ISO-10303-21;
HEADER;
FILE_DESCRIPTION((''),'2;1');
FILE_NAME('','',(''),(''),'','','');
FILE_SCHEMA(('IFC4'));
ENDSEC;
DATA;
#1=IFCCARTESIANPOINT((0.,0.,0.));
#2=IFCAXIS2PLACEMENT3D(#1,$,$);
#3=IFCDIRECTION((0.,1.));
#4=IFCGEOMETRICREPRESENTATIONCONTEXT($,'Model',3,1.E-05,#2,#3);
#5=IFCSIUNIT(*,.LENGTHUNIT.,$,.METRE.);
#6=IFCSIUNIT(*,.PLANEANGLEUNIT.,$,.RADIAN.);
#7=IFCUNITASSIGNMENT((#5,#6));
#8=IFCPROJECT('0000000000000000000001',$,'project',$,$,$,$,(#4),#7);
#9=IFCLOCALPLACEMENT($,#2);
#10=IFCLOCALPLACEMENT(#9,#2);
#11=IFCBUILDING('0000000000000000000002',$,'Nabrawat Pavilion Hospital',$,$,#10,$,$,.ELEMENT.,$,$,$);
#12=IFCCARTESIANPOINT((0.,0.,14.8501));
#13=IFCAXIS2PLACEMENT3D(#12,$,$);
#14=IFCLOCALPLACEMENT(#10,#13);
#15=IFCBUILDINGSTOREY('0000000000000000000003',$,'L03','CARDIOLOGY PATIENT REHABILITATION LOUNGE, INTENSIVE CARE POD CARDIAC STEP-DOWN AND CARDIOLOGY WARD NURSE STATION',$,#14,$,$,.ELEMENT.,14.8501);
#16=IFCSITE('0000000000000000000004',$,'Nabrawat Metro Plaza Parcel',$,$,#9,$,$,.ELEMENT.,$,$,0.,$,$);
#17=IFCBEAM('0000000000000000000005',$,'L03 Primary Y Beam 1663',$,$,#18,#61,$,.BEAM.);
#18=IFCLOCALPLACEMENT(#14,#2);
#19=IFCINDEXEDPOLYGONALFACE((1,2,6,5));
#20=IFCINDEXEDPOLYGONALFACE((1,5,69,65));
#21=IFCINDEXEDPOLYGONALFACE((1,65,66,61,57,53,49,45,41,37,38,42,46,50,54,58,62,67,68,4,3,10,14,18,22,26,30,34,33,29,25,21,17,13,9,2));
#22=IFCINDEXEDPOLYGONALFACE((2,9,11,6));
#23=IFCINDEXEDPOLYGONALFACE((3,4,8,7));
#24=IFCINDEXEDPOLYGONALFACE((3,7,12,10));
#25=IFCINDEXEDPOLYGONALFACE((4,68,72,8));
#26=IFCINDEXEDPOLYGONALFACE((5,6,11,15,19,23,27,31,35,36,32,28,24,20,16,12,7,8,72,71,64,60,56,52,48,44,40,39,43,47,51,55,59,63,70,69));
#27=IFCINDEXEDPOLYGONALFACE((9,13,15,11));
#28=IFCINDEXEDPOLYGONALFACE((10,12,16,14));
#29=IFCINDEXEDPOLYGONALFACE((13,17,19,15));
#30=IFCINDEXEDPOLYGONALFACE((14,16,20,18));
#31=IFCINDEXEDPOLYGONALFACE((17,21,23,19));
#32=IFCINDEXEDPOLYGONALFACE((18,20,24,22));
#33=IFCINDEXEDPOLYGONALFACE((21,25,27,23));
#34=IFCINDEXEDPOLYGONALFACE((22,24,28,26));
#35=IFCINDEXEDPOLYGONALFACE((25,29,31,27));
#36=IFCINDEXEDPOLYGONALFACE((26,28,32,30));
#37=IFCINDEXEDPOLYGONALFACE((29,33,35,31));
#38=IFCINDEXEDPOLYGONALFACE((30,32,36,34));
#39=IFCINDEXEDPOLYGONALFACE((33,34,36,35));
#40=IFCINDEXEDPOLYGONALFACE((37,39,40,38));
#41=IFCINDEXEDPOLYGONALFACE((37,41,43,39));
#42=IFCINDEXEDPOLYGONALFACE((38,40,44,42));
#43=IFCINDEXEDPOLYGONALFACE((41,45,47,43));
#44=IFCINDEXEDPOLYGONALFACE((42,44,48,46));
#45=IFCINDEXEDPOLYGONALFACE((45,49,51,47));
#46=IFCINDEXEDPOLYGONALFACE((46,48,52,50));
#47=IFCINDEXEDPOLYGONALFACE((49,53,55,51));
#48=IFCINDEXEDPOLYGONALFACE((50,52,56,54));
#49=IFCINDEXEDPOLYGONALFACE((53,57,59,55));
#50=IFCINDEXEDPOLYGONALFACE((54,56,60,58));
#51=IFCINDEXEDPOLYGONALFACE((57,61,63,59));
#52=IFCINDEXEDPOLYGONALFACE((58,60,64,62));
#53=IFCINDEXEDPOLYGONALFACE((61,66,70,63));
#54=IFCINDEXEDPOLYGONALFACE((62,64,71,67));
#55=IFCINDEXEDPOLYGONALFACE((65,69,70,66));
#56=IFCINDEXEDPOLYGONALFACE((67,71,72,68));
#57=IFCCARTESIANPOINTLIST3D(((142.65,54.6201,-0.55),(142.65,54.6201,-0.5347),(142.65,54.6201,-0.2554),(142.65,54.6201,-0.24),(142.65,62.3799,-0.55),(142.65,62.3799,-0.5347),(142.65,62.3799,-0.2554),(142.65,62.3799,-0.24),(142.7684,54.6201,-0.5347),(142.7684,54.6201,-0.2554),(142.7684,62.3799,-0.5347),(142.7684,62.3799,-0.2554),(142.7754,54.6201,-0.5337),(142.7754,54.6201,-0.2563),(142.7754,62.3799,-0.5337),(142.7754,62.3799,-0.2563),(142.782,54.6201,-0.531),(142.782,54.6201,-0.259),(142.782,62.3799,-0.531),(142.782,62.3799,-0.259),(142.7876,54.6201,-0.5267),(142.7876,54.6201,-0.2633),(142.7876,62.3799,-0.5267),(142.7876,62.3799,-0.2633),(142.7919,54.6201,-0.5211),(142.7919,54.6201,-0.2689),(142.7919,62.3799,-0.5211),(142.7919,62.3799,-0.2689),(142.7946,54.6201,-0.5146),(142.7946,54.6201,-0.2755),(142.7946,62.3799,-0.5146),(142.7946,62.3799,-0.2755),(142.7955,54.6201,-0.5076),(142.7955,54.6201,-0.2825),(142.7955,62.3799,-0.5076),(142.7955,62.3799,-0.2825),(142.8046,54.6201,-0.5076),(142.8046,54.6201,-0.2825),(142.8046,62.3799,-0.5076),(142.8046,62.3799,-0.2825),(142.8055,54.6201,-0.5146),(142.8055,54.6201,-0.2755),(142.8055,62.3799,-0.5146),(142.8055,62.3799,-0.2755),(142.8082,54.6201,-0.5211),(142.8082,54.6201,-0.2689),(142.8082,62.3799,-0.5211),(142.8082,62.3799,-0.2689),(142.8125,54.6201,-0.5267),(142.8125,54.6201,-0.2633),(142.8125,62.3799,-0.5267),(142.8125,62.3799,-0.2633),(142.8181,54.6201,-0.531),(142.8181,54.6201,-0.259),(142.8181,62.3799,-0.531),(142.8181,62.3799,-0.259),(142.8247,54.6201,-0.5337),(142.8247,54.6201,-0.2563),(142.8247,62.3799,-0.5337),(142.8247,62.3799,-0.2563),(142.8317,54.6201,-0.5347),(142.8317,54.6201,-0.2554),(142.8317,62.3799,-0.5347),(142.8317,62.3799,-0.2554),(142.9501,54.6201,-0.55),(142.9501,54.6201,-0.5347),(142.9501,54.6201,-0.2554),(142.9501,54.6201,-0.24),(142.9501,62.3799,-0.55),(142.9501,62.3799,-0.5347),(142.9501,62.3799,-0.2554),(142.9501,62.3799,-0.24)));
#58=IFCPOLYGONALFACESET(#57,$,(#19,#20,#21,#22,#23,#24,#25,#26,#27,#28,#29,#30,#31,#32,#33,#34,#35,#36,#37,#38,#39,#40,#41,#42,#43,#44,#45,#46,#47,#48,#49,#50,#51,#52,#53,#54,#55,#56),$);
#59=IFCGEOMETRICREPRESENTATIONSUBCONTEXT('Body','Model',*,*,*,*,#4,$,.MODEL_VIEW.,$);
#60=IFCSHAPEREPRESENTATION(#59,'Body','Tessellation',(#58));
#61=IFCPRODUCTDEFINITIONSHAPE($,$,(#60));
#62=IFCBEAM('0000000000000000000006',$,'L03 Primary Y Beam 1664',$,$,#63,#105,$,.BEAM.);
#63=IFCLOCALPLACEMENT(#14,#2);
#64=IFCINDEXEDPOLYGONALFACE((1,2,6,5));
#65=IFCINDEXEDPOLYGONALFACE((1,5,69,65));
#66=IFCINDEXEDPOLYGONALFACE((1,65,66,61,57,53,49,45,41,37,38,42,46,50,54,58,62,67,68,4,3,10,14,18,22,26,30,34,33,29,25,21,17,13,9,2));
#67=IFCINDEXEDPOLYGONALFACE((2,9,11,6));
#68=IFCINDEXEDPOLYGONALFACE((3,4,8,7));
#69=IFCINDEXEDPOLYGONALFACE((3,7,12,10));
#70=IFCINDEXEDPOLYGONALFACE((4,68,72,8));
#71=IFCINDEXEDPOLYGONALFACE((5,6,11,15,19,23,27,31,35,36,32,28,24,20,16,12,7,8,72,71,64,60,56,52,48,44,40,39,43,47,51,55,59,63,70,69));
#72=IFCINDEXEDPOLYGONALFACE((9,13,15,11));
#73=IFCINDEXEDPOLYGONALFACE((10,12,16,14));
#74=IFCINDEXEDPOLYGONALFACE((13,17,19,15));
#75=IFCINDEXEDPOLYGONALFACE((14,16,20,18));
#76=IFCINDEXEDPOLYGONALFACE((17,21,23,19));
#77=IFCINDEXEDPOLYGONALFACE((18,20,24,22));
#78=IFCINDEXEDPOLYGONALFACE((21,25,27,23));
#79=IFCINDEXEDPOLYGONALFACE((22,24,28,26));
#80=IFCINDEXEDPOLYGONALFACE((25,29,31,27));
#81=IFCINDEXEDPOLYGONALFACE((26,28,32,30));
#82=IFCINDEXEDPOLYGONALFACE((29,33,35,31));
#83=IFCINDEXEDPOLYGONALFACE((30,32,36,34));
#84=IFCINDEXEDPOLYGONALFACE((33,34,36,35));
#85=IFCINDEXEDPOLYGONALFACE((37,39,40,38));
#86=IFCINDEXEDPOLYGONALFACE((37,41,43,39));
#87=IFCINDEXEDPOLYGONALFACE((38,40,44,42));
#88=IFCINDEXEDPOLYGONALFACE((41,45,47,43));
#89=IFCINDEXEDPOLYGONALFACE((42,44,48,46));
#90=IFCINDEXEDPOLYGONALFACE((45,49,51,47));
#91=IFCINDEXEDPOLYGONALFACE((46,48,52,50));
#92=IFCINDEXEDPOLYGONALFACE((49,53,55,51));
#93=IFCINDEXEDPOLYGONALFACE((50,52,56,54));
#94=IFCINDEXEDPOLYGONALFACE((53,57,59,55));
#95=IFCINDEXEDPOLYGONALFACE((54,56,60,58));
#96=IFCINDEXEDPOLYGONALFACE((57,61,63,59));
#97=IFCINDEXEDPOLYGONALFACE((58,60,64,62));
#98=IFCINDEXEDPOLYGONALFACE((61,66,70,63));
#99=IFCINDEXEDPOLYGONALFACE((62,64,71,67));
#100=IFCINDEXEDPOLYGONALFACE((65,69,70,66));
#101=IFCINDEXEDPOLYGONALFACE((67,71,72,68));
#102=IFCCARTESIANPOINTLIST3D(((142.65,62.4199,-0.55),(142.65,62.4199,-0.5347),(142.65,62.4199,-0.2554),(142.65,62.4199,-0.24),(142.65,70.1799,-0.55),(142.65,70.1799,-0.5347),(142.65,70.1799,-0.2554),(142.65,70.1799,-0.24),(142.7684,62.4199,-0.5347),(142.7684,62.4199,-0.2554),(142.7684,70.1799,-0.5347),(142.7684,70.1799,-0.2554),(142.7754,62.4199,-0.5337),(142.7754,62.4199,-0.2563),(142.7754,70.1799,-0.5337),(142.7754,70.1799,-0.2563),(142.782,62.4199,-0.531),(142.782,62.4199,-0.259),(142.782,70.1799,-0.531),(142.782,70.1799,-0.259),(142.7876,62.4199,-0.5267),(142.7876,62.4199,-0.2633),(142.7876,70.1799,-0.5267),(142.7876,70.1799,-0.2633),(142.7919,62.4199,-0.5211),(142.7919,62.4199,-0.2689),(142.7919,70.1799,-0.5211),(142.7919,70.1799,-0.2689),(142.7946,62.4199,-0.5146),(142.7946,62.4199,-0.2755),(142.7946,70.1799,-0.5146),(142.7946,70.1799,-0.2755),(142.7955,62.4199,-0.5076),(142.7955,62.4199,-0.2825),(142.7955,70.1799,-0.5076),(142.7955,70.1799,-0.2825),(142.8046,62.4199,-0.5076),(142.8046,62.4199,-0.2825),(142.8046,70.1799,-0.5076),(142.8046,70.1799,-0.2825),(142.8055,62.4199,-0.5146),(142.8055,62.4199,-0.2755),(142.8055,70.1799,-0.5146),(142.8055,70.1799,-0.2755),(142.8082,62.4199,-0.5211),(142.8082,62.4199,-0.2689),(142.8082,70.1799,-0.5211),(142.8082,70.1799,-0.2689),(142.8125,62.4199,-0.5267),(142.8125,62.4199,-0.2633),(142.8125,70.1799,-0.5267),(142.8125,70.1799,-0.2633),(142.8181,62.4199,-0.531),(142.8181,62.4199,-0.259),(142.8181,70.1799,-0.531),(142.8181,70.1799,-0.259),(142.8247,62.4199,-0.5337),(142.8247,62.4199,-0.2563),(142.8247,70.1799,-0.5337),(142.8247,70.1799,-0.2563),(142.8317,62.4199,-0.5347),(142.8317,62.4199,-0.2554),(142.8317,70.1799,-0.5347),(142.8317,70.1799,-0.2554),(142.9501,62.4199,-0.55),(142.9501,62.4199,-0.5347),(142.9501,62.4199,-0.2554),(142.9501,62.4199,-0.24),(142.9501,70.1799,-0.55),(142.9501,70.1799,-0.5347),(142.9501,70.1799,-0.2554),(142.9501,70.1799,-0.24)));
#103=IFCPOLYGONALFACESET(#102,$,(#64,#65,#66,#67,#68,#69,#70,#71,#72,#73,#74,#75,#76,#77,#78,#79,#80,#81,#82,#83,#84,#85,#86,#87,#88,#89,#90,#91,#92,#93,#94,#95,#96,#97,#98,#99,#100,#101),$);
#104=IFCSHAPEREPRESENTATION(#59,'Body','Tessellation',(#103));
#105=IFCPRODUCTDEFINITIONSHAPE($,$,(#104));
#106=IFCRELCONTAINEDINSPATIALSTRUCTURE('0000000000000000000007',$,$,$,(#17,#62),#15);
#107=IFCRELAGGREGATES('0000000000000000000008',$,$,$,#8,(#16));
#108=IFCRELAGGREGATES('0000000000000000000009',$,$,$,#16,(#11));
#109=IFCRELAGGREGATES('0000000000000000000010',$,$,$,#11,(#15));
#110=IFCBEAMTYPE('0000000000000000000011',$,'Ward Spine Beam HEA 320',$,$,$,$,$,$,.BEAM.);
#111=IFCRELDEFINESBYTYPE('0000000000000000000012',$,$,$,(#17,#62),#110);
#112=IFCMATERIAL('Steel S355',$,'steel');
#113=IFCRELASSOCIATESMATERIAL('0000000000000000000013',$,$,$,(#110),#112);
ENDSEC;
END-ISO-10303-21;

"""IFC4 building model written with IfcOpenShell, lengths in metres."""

from ifc_helpers import new_model, si_unit, direction, frame, origin, origin_2d, place, context, subcontext, project, spatial, i_section, extrude, material, material_profile, profile_set, type_object, element, save


model = new_model("IFC4")

# Units and contexts
model_context = context("Model", 3, precision=1e-05, world=origin(), true_north=direction((0.0, 1.0)))
body_context = subcontext(model_context, "Body", "Model", "MODEL_VIEW")
ifc_project = project(units=[si_unit("LENGTHUNIT", "METRE"), si_unit("PLANEANGLEUNIT", "RADIAN")], contexts=[model_context])

# Site, building, storey
site_placement = place(None, origin())
site = spatial("IfcSite", under=ifc_project, at=site_placement, Name="Nabrawat Metro Plaza Parcel", CompositionType="ELEMENT", RefElevation=0.0)
building_placement = place(site_placement, origin())
building = spatial("IfcBuilding", under=site, at=building_placement, Name="Nabrawat Pavilion Hospital", CompositionType="ELEMENT")
storey_placement = place(building_placement, frame((0.0, 0.0, 14.8501)))
storey = spatial("IfcBuildingStorey", under=building, at=storey_placement, Name="L03", Description="CARDIOLOGY PATIENT REHABILITATION LOUNGE, INTENSIVE CARE POD CARDIAC STEP-DOWN AND CARDIOLOGY WARD NURSE STATION", CompositionType="ELEMENT", Elevation=14.8501)

# Shared definitions
ifc_material = material(Name="Steel S355", Category="steel")

# Beams
ifc_material_profile_1 = material_profile(ifc_material, i_section(OverallWidth=0.3, OverallDepth=0.3101, WebThickness=0.009, FlangeThickness=0.0154, FilletRadius=0.0271, at=origin_2d()), Name="HEA 320")
ifc_profile_set_1 = profile_set([ifc_material_profile_1], Name="Steel S355")
beam_type_1 = type_object("IfcBeamType", Name="Ward Spine Beam HEA 320", PredefinedType="BEAM", material=ifc_profile_set_1)
beam_1_placement = place(storey_placement, frame((142.8, 54.6201, -0.395), z_axis=(0.0, 1.0, 0.0), x_axis=(-1.0, 0.0, 0.0)))
element("IfcBeam", 1, at=beam_1_placement, inside=storey, type_object=beam_type_1, Name="L03 Primary Y Beam 1663", PredefinedType="BEAM", context=body_context, shape_type="SweptSolid", body=[
    extrude(i_section(OverallWidth=0.3, OverallDepth=0.3101, WebThickness=0.009, FlangeThickness=0.0154, FilletRadius=0.0271, at=origin_2d()), origin(), (0.0, 0.0, 1.0), 7.7598),
])
beam_2_placement = place(storey_placement, frame((142.8, 62.4199, -0.395), z_axis=(0.0, 1.0, 0.0), x_axis=(-1.0, 0.0, 0.0)))
element("IfcBeam", 2, at=beam_2_placement, inside=storey, type_object=beam_type_1, Name="L03 Primary Y Beam 1664", PredefinedType="BEAM", context=body_context, shape_type="SweptSolid", body=[
    extrude(i_section(OverallWidth=0.3, OverallDepth=0.3101, WebThickness=0.009, FlangeThickness=0.0154, FilletRadius=0.0271, at=origin_2d()), origin(), (0.0, 0.0, 1.0), 7.76),
])

save(model, "model.ifc")
